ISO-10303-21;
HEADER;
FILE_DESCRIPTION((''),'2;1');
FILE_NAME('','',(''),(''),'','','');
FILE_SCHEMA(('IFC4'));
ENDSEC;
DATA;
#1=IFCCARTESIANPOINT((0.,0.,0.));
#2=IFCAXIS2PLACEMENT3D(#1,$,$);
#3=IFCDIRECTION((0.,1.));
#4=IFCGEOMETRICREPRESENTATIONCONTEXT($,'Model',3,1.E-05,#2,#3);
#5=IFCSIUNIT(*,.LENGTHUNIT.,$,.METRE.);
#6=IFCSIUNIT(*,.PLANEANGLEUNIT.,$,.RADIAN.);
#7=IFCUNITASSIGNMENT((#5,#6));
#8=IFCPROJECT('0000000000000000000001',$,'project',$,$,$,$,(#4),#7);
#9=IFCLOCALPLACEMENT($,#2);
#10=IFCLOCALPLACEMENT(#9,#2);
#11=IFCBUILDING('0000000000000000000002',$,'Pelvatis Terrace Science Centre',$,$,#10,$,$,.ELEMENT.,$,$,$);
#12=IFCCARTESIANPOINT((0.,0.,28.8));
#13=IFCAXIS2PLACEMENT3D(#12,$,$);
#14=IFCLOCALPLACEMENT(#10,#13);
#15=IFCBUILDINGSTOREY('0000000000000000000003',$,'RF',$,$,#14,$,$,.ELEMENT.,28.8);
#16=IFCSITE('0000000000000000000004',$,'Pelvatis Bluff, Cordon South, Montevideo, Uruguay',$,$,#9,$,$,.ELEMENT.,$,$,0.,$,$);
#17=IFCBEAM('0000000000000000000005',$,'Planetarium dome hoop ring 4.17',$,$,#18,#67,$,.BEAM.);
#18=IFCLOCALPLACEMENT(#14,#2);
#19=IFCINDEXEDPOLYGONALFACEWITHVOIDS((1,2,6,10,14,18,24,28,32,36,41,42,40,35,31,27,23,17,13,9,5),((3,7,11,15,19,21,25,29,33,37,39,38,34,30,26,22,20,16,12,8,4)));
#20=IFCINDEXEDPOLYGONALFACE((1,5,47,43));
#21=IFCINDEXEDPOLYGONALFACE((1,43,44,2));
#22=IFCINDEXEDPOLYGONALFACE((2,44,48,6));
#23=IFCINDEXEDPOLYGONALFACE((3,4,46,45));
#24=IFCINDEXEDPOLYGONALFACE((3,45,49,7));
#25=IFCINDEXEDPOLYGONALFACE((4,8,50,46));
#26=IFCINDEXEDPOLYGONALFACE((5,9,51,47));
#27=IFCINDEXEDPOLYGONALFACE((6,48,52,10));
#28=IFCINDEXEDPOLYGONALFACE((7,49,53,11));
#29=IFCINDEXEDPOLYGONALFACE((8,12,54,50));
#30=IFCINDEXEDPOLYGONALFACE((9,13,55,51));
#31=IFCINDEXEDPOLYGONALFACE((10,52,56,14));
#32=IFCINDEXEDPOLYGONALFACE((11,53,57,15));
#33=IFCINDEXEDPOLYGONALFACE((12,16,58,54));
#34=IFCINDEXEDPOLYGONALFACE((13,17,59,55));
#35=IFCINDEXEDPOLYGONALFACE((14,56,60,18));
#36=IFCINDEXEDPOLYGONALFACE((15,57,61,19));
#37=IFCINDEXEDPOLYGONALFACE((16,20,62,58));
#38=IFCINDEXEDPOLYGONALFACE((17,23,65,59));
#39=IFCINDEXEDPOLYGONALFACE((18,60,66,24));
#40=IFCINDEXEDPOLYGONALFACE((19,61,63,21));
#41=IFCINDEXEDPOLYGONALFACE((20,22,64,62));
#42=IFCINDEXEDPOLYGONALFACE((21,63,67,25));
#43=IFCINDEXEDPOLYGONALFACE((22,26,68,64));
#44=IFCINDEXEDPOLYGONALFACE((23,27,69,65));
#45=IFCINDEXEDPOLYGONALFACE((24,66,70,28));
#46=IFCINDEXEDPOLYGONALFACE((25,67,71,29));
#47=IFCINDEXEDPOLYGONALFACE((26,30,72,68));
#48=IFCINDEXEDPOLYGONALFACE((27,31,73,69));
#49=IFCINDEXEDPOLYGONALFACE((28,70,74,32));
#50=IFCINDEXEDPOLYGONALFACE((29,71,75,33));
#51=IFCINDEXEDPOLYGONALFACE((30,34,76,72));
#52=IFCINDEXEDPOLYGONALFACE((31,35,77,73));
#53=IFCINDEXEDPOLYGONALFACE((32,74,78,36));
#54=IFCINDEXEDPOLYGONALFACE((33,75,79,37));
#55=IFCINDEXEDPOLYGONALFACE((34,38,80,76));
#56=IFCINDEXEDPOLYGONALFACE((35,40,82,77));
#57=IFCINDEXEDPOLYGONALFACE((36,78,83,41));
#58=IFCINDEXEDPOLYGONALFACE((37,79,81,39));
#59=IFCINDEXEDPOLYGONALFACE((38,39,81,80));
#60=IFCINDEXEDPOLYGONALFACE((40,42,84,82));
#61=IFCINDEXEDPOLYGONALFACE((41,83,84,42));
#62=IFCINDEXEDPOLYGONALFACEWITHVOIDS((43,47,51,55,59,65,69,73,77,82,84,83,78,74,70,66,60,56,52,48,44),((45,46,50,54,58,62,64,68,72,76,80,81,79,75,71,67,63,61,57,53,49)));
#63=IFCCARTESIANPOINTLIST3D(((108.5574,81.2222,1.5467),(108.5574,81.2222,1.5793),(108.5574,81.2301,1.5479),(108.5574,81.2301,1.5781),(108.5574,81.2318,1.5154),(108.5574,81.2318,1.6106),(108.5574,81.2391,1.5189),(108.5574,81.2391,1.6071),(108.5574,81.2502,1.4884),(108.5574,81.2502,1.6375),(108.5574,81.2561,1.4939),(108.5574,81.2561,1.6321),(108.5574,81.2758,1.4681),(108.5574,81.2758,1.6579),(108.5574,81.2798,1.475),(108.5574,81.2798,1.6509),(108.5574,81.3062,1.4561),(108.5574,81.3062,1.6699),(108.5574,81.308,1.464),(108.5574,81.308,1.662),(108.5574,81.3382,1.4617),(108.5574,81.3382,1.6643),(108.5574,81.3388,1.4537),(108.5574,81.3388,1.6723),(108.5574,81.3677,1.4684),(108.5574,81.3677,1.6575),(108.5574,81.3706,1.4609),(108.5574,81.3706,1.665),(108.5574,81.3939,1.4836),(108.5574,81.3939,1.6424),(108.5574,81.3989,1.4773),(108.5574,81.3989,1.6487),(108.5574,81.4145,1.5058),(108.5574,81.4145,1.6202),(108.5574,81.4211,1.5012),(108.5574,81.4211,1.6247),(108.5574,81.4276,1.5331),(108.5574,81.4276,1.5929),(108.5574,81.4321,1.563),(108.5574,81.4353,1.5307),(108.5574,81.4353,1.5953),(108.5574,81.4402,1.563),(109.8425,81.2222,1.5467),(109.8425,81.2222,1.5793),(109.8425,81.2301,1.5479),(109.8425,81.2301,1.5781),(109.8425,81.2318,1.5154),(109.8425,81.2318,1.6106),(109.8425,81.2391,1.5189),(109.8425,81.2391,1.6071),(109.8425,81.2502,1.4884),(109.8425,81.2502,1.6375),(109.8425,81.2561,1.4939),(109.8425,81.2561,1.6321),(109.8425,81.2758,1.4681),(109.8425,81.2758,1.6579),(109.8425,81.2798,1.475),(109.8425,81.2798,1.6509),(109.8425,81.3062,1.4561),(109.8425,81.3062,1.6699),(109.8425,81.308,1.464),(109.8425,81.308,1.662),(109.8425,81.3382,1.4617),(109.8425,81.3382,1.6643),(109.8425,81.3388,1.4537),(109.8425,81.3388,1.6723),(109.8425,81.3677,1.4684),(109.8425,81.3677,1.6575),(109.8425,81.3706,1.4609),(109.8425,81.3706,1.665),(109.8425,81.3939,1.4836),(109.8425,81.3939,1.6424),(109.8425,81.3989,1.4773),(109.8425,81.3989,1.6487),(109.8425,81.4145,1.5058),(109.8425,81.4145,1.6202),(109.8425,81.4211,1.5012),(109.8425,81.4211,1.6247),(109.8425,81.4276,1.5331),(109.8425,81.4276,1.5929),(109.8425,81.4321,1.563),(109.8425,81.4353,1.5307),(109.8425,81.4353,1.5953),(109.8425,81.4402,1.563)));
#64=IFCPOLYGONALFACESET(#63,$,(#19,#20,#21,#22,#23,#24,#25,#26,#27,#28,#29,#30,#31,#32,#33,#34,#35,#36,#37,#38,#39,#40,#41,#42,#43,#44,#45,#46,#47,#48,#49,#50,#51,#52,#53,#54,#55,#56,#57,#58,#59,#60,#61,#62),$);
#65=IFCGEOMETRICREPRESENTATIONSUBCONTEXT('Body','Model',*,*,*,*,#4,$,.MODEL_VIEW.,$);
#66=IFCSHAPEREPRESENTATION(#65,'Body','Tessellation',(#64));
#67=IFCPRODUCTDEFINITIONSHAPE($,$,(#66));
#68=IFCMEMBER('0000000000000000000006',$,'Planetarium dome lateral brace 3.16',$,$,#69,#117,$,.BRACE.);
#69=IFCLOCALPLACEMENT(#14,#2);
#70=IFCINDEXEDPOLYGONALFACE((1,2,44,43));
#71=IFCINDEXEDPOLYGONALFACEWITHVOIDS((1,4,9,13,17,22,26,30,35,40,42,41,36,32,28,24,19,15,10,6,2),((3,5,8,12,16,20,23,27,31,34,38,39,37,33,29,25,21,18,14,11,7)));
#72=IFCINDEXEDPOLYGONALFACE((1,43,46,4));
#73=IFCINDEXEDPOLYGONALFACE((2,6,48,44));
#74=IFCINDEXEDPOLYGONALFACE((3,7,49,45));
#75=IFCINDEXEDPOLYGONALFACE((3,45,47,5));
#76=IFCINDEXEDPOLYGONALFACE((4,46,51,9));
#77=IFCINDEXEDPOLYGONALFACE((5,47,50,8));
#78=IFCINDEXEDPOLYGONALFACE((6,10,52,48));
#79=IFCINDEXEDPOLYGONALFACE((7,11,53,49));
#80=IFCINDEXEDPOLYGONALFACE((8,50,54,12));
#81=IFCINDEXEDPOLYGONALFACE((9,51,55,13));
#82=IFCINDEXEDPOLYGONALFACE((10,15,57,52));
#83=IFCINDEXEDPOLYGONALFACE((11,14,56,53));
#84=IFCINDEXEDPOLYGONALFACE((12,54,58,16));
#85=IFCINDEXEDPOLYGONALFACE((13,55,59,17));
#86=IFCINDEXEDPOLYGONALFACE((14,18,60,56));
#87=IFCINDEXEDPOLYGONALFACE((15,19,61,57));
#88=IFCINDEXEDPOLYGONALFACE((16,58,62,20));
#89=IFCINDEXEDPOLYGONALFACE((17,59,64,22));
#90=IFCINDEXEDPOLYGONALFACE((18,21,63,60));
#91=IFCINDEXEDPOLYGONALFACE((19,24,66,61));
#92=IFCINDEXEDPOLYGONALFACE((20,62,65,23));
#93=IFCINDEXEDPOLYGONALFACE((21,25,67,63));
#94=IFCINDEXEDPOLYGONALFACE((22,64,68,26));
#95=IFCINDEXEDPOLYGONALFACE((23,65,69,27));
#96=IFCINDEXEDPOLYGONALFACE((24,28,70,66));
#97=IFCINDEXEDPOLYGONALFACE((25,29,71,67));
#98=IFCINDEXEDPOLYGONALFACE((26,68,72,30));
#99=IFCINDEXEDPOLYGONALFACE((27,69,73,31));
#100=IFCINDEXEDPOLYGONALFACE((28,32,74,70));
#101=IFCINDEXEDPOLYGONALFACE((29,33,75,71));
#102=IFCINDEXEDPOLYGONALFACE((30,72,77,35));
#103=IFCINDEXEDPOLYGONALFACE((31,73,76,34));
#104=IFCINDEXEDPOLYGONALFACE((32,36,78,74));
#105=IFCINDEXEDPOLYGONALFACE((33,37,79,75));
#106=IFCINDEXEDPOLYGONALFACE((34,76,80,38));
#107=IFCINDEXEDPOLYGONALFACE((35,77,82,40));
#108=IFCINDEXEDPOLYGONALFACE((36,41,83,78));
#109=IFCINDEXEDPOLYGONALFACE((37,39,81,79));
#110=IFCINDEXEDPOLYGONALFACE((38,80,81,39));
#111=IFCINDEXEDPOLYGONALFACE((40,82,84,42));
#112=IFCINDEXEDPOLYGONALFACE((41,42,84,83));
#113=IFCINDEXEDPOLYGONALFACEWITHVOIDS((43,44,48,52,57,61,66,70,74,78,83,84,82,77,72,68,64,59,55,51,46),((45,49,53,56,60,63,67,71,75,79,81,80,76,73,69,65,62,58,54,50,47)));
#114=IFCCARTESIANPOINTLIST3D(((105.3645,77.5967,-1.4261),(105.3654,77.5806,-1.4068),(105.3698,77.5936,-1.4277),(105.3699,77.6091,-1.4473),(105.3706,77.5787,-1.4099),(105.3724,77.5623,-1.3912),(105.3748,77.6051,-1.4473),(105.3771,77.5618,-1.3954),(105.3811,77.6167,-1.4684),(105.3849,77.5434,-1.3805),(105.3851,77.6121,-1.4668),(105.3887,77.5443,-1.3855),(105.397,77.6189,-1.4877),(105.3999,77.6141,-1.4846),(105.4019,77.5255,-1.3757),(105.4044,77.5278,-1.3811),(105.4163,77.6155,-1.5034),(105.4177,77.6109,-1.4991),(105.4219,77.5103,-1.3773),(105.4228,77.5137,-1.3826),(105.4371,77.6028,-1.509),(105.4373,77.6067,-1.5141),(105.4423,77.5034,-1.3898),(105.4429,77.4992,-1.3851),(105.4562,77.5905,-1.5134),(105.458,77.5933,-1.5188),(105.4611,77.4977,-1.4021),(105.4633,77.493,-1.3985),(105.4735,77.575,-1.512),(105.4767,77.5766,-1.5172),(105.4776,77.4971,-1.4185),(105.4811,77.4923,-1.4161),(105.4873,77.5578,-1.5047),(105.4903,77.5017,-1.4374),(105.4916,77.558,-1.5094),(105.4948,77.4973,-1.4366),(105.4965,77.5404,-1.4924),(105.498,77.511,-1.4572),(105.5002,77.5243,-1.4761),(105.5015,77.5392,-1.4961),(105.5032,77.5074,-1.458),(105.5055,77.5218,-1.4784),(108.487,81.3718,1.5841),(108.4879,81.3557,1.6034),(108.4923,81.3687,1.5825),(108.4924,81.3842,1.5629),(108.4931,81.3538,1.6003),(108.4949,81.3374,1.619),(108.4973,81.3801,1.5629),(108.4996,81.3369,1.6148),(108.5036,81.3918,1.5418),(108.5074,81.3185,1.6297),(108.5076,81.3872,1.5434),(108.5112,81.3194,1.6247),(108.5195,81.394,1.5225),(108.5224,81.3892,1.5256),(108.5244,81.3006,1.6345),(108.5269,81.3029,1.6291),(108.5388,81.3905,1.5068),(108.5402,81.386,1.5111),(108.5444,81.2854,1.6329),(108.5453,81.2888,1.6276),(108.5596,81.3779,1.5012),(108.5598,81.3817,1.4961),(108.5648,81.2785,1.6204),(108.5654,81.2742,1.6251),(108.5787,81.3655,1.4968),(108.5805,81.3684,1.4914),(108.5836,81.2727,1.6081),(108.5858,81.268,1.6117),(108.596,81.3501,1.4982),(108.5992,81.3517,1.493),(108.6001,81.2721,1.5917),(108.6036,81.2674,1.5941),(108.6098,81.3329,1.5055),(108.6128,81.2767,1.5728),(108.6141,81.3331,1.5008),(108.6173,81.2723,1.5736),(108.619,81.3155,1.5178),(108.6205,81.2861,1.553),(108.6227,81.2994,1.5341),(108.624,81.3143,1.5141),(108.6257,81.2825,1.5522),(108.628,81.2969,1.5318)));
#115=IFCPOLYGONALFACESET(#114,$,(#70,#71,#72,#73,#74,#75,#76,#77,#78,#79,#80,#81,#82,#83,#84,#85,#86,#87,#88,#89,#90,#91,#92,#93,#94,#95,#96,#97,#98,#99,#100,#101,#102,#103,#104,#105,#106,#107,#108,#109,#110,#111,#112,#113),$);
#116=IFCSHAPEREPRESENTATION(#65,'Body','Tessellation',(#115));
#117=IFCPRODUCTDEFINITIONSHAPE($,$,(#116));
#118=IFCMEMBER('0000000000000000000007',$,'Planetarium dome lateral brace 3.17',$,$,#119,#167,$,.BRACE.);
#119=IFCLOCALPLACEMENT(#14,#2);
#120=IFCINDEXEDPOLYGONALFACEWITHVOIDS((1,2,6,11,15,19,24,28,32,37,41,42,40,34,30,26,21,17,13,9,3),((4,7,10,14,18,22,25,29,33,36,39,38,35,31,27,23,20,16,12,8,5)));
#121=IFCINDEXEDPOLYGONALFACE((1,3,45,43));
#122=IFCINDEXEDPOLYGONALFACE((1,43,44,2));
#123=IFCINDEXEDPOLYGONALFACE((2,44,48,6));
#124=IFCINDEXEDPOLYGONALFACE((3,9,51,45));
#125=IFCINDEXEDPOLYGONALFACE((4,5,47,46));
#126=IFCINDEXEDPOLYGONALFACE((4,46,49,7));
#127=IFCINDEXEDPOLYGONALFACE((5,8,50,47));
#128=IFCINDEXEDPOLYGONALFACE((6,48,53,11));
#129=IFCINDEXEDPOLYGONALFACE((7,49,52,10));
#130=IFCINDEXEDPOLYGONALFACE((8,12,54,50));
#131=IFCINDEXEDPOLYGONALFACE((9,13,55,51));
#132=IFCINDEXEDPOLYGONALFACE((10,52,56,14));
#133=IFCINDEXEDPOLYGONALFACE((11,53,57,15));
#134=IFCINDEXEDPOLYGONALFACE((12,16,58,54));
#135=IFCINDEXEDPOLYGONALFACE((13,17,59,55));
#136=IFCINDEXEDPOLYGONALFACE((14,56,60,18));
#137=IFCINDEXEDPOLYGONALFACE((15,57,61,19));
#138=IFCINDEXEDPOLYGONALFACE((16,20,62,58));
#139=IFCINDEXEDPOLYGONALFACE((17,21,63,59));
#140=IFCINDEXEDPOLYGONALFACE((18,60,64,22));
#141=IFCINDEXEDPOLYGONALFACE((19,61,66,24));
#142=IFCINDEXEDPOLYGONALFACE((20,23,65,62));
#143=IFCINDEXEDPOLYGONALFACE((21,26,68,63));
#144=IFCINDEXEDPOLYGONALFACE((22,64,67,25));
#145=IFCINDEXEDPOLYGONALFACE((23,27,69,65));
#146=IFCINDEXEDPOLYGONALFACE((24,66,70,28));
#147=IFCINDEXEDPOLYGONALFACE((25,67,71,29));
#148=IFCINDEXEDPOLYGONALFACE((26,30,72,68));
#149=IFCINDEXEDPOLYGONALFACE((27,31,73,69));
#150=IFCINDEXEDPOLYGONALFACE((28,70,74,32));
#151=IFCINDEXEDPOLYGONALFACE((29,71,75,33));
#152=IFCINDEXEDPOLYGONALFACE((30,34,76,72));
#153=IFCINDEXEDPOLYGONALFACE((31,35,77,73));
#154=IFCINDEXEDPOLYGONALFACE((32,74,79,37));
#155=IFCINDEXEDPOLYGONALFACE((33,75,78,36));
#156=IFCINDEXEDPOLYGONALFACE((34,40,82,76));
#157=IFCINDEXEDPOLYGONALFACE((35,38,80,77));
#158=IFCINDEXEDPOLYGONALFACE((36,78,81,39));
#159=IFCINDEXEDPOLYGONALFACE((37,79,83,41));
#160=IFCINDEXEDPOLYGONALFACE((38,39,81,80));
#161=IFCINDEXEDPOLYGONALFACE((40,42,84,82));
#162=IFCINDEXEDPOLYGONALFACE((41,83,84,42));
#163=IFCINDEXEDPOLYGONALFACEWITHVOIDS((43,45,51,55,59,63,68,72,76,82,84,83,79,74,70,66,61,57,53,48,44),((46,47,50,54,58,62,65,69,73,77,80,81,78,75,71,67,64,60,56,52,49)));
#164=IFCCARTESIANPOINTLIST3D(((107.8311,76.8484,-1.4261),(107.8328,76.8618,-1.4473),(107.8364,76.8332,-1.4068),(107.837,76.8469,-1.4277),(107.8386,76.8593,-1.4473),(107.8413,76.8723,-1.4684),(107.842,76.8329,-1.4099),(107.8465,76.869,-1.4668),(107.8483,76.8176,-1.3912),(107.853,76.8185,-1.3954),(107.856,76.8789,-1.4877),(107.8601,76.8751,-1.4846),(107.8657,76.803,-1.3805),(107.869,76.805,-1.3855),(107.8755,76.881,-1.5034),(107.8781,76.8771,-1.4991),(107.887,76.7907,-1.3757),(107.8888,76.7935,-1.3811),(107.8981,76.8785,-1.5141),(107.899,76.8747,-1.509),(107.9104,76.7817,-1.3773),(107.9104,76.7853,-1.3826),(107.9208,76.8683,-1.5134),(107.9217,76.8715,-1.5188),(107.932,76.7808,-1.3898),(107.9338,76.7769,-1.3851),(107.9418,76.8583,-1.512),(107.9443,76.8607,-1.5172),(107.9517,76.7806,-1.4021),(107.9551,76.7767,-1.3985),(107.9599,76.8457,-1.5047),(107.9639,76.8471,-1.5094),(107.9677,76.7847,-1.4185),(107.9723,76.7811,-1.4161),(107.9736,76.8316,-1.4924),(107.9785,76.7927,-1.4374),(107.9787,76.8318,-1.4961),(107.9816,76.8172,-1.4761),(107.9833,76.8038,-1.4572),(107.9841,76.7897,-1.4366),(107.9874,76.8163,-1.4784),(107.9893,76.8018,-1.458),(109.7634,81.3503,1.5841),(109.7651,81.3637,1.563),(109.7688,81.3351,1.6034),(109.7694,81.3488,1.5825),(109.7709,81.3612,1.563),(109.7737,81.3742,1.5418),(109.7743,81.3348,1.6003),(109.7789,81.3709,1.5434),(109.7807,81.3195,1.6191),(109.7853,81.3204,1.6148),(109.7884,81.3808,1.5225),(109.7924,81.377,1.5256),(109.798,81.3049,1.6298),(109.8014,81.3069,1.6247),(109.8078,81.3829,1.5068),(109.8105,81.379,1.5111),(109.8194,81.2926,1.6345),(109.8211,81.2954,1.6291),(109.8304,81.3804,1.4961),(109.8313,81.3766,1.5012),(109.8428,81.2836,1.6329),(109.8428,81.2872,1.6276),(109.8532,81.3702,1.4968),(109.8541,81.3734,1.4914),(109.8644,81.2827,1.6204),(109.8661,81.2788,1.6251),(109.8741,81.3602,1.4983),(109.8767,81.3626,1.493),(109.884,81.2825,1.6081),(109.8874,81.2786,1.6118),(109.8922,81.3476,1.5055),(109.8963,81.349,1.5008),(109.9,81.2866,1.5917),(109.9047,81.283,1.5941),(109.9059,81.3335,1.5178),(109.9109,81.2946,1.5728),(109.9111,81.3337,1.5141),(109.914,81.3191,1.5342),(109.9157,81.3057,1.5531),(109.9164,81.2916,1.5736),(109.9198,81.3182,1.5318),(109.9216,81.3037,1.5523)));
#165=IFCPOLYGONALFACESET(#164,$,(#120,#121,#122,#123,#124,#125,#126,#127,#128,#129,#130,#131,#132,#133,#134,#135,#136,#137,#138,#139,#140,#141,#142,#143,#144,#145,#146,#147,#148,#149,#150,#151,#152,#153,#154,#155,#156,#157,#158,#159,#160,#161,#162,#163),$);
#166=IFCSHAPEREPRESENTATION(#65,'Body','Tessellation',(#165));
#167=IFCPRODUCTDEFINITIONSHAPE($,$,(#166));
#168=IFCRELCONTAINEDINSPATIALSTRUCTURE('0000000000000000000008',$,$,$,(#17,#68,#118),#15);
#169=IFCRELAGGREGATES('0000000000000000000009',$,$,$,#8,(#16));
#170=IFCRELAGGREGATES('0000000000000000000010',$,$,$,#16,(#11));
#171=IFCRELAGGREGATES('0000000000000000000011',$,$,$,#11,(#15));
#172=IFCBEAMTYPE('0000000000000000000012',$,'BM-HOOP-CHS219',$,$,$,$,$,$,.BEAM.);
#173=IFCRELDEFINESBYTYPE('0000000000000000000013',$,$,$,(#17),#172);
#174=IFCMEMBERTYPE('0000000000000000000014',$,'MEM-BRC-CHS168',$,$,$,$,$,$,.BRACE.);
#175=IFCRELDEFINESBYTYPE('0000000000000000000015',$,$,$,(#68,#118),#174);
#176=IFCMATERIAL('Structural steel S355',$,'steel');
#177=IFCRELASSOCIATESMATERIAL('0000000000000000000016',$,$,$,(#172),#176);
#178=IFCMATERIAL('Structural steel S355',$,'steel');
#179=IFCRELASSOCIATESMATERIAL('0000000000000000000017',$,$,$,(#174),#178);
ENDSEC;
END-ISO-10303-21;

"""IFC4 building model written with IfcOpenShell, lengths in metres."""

from ifc_helpers import new_model, si_unit, direction, frame, origin, origin_2d, place, context, subcontext, project, spatial, hollow_circle, extrude, material, material_profile, profile_set, type_object, element, save


model = new_model("IFC4")

# Units and contexts
model_context = context("Model", 3, precision=1e-05, world=origin(), true_north=direction((0.0, 1.0)))
body_context = subcontext(model_context, "Body", "Model", "MODEL_VIEW")
ifc_project = project(units=[si_unit("LENGTHUNIT", "METRE"), si_unit("PLANEANGLEUNIT", "RADIAN")], contexts=[model_context])

# Site, building, storey
site_placement = place(None, origin())
site = spatial("IfcSite", under=ifc_project, at=site_placement, Name="Pelvatis Bluff, Cordon South, Montevideo, Uruguay", CompositionType="ELEMENT", RefElevation=0.0)
building_placement = place(site_placement, origin())
building = spatial("IfcBuilding", under=site, at=building_placement, Name="Pelvatis Terrace Science Centre", CompositionType="ELEMENT")
storey_placement = place(building_placement, frame((0.0, 0.0, 28.8)))
storey = spatial("IfcBuildingStorey", under=building, at=storey_placement, Name="RF", CompositionType="ELEMENT", Elevation=28.8)

# Beam
ifc_material_1 = material(Name="Structural steel S355", Category="steel")
ifc_material_profile_1 = material_profile(ifc_material_1, hollow_circle(Radius=0.1096, WallThickness=0.0081, at=origin_2d()), Name="CHS 219.1x8.0")
ifc_profile_set_1 = profile_set([ifc_material_profile_1], Name="Structural steel S355")
beam_type_1 = type_object("IfcBeamType", Name="BM-HOOP-CHS219", PredefinedType="BEAM", material=ifc_profile_set_1)
for number, where, z_axis, x_axis, name in (
    (1, (108.5574, 81.3306, 1.563), (1.0, 0.0, 0.0), (0.0, 1.0, 0.0), "Planetarium dome hoop ring 4.17"),
):
    element("IfcBeam", number, at=place(storey_placement, frame(where, z_axis=z_axis, x_axis=x_axis)), inside=storey, type_object=beam_type_1, Name=name, PredefinedType="BEAM", context=body_context, shape_type="SweptSolid", body=[
        extrude(hollow_circle(Radius=0.1096, WallThickness=0.0081, at=origin_2d()), origin(), (0.0, 0.0, 1.0), 1.2852),
    ])

# Members
ifc_material_2 = material(Name="Structural steel S355", Category="steel")
ifc_material_profile_2 = material_profile(ifc_material_2, hollow_circle(Radius=0.0842, WallThickness=0.0063, at=origin_2d()), Name="CHS 168.3x6.3")
ifc_profile_set_2 = profile_set([ifc_material_profile_2], Name="Structural steel S355")
member_type_1 = type_object("IfcMemberType", Name="MEM-BRC-CHS168", PredefinedType="BRACE", material=ifc_profile_set_2)
for number, where, z_axis, x_axis, name in (
    (2, (105.4348, 77.5554, -1.4473), (0.543044, 0.656535, 0.523513), (-0.770565, 0.637362, 0.0), "Planetarium dome lateral brace 3.16"),
    (3, (107.9102, 76.8286, -1.4473), (0.336061, 0.782939, 0.523516), (-0.918926, 0.39443, 0.0), "Planetarium dome lateral brace 3.17"),
):
    element("IfcMember", number, at=place(storey_placement, frame(where, z_axis=z_axis, x_axis=x_axis)), inside=storey, type_object=member_type_1, Name=name, PredefinedType="BRACE", context=body_context, shape_type="SweptSolid", body=[
        extrude(hollow_circle(Radius=0.0842, WallThickness=0.0063, at=origin_2d()), origin(), (0.0, 0.0, 1.0), 5.75),
    ])

save(model, "model.ifc")
